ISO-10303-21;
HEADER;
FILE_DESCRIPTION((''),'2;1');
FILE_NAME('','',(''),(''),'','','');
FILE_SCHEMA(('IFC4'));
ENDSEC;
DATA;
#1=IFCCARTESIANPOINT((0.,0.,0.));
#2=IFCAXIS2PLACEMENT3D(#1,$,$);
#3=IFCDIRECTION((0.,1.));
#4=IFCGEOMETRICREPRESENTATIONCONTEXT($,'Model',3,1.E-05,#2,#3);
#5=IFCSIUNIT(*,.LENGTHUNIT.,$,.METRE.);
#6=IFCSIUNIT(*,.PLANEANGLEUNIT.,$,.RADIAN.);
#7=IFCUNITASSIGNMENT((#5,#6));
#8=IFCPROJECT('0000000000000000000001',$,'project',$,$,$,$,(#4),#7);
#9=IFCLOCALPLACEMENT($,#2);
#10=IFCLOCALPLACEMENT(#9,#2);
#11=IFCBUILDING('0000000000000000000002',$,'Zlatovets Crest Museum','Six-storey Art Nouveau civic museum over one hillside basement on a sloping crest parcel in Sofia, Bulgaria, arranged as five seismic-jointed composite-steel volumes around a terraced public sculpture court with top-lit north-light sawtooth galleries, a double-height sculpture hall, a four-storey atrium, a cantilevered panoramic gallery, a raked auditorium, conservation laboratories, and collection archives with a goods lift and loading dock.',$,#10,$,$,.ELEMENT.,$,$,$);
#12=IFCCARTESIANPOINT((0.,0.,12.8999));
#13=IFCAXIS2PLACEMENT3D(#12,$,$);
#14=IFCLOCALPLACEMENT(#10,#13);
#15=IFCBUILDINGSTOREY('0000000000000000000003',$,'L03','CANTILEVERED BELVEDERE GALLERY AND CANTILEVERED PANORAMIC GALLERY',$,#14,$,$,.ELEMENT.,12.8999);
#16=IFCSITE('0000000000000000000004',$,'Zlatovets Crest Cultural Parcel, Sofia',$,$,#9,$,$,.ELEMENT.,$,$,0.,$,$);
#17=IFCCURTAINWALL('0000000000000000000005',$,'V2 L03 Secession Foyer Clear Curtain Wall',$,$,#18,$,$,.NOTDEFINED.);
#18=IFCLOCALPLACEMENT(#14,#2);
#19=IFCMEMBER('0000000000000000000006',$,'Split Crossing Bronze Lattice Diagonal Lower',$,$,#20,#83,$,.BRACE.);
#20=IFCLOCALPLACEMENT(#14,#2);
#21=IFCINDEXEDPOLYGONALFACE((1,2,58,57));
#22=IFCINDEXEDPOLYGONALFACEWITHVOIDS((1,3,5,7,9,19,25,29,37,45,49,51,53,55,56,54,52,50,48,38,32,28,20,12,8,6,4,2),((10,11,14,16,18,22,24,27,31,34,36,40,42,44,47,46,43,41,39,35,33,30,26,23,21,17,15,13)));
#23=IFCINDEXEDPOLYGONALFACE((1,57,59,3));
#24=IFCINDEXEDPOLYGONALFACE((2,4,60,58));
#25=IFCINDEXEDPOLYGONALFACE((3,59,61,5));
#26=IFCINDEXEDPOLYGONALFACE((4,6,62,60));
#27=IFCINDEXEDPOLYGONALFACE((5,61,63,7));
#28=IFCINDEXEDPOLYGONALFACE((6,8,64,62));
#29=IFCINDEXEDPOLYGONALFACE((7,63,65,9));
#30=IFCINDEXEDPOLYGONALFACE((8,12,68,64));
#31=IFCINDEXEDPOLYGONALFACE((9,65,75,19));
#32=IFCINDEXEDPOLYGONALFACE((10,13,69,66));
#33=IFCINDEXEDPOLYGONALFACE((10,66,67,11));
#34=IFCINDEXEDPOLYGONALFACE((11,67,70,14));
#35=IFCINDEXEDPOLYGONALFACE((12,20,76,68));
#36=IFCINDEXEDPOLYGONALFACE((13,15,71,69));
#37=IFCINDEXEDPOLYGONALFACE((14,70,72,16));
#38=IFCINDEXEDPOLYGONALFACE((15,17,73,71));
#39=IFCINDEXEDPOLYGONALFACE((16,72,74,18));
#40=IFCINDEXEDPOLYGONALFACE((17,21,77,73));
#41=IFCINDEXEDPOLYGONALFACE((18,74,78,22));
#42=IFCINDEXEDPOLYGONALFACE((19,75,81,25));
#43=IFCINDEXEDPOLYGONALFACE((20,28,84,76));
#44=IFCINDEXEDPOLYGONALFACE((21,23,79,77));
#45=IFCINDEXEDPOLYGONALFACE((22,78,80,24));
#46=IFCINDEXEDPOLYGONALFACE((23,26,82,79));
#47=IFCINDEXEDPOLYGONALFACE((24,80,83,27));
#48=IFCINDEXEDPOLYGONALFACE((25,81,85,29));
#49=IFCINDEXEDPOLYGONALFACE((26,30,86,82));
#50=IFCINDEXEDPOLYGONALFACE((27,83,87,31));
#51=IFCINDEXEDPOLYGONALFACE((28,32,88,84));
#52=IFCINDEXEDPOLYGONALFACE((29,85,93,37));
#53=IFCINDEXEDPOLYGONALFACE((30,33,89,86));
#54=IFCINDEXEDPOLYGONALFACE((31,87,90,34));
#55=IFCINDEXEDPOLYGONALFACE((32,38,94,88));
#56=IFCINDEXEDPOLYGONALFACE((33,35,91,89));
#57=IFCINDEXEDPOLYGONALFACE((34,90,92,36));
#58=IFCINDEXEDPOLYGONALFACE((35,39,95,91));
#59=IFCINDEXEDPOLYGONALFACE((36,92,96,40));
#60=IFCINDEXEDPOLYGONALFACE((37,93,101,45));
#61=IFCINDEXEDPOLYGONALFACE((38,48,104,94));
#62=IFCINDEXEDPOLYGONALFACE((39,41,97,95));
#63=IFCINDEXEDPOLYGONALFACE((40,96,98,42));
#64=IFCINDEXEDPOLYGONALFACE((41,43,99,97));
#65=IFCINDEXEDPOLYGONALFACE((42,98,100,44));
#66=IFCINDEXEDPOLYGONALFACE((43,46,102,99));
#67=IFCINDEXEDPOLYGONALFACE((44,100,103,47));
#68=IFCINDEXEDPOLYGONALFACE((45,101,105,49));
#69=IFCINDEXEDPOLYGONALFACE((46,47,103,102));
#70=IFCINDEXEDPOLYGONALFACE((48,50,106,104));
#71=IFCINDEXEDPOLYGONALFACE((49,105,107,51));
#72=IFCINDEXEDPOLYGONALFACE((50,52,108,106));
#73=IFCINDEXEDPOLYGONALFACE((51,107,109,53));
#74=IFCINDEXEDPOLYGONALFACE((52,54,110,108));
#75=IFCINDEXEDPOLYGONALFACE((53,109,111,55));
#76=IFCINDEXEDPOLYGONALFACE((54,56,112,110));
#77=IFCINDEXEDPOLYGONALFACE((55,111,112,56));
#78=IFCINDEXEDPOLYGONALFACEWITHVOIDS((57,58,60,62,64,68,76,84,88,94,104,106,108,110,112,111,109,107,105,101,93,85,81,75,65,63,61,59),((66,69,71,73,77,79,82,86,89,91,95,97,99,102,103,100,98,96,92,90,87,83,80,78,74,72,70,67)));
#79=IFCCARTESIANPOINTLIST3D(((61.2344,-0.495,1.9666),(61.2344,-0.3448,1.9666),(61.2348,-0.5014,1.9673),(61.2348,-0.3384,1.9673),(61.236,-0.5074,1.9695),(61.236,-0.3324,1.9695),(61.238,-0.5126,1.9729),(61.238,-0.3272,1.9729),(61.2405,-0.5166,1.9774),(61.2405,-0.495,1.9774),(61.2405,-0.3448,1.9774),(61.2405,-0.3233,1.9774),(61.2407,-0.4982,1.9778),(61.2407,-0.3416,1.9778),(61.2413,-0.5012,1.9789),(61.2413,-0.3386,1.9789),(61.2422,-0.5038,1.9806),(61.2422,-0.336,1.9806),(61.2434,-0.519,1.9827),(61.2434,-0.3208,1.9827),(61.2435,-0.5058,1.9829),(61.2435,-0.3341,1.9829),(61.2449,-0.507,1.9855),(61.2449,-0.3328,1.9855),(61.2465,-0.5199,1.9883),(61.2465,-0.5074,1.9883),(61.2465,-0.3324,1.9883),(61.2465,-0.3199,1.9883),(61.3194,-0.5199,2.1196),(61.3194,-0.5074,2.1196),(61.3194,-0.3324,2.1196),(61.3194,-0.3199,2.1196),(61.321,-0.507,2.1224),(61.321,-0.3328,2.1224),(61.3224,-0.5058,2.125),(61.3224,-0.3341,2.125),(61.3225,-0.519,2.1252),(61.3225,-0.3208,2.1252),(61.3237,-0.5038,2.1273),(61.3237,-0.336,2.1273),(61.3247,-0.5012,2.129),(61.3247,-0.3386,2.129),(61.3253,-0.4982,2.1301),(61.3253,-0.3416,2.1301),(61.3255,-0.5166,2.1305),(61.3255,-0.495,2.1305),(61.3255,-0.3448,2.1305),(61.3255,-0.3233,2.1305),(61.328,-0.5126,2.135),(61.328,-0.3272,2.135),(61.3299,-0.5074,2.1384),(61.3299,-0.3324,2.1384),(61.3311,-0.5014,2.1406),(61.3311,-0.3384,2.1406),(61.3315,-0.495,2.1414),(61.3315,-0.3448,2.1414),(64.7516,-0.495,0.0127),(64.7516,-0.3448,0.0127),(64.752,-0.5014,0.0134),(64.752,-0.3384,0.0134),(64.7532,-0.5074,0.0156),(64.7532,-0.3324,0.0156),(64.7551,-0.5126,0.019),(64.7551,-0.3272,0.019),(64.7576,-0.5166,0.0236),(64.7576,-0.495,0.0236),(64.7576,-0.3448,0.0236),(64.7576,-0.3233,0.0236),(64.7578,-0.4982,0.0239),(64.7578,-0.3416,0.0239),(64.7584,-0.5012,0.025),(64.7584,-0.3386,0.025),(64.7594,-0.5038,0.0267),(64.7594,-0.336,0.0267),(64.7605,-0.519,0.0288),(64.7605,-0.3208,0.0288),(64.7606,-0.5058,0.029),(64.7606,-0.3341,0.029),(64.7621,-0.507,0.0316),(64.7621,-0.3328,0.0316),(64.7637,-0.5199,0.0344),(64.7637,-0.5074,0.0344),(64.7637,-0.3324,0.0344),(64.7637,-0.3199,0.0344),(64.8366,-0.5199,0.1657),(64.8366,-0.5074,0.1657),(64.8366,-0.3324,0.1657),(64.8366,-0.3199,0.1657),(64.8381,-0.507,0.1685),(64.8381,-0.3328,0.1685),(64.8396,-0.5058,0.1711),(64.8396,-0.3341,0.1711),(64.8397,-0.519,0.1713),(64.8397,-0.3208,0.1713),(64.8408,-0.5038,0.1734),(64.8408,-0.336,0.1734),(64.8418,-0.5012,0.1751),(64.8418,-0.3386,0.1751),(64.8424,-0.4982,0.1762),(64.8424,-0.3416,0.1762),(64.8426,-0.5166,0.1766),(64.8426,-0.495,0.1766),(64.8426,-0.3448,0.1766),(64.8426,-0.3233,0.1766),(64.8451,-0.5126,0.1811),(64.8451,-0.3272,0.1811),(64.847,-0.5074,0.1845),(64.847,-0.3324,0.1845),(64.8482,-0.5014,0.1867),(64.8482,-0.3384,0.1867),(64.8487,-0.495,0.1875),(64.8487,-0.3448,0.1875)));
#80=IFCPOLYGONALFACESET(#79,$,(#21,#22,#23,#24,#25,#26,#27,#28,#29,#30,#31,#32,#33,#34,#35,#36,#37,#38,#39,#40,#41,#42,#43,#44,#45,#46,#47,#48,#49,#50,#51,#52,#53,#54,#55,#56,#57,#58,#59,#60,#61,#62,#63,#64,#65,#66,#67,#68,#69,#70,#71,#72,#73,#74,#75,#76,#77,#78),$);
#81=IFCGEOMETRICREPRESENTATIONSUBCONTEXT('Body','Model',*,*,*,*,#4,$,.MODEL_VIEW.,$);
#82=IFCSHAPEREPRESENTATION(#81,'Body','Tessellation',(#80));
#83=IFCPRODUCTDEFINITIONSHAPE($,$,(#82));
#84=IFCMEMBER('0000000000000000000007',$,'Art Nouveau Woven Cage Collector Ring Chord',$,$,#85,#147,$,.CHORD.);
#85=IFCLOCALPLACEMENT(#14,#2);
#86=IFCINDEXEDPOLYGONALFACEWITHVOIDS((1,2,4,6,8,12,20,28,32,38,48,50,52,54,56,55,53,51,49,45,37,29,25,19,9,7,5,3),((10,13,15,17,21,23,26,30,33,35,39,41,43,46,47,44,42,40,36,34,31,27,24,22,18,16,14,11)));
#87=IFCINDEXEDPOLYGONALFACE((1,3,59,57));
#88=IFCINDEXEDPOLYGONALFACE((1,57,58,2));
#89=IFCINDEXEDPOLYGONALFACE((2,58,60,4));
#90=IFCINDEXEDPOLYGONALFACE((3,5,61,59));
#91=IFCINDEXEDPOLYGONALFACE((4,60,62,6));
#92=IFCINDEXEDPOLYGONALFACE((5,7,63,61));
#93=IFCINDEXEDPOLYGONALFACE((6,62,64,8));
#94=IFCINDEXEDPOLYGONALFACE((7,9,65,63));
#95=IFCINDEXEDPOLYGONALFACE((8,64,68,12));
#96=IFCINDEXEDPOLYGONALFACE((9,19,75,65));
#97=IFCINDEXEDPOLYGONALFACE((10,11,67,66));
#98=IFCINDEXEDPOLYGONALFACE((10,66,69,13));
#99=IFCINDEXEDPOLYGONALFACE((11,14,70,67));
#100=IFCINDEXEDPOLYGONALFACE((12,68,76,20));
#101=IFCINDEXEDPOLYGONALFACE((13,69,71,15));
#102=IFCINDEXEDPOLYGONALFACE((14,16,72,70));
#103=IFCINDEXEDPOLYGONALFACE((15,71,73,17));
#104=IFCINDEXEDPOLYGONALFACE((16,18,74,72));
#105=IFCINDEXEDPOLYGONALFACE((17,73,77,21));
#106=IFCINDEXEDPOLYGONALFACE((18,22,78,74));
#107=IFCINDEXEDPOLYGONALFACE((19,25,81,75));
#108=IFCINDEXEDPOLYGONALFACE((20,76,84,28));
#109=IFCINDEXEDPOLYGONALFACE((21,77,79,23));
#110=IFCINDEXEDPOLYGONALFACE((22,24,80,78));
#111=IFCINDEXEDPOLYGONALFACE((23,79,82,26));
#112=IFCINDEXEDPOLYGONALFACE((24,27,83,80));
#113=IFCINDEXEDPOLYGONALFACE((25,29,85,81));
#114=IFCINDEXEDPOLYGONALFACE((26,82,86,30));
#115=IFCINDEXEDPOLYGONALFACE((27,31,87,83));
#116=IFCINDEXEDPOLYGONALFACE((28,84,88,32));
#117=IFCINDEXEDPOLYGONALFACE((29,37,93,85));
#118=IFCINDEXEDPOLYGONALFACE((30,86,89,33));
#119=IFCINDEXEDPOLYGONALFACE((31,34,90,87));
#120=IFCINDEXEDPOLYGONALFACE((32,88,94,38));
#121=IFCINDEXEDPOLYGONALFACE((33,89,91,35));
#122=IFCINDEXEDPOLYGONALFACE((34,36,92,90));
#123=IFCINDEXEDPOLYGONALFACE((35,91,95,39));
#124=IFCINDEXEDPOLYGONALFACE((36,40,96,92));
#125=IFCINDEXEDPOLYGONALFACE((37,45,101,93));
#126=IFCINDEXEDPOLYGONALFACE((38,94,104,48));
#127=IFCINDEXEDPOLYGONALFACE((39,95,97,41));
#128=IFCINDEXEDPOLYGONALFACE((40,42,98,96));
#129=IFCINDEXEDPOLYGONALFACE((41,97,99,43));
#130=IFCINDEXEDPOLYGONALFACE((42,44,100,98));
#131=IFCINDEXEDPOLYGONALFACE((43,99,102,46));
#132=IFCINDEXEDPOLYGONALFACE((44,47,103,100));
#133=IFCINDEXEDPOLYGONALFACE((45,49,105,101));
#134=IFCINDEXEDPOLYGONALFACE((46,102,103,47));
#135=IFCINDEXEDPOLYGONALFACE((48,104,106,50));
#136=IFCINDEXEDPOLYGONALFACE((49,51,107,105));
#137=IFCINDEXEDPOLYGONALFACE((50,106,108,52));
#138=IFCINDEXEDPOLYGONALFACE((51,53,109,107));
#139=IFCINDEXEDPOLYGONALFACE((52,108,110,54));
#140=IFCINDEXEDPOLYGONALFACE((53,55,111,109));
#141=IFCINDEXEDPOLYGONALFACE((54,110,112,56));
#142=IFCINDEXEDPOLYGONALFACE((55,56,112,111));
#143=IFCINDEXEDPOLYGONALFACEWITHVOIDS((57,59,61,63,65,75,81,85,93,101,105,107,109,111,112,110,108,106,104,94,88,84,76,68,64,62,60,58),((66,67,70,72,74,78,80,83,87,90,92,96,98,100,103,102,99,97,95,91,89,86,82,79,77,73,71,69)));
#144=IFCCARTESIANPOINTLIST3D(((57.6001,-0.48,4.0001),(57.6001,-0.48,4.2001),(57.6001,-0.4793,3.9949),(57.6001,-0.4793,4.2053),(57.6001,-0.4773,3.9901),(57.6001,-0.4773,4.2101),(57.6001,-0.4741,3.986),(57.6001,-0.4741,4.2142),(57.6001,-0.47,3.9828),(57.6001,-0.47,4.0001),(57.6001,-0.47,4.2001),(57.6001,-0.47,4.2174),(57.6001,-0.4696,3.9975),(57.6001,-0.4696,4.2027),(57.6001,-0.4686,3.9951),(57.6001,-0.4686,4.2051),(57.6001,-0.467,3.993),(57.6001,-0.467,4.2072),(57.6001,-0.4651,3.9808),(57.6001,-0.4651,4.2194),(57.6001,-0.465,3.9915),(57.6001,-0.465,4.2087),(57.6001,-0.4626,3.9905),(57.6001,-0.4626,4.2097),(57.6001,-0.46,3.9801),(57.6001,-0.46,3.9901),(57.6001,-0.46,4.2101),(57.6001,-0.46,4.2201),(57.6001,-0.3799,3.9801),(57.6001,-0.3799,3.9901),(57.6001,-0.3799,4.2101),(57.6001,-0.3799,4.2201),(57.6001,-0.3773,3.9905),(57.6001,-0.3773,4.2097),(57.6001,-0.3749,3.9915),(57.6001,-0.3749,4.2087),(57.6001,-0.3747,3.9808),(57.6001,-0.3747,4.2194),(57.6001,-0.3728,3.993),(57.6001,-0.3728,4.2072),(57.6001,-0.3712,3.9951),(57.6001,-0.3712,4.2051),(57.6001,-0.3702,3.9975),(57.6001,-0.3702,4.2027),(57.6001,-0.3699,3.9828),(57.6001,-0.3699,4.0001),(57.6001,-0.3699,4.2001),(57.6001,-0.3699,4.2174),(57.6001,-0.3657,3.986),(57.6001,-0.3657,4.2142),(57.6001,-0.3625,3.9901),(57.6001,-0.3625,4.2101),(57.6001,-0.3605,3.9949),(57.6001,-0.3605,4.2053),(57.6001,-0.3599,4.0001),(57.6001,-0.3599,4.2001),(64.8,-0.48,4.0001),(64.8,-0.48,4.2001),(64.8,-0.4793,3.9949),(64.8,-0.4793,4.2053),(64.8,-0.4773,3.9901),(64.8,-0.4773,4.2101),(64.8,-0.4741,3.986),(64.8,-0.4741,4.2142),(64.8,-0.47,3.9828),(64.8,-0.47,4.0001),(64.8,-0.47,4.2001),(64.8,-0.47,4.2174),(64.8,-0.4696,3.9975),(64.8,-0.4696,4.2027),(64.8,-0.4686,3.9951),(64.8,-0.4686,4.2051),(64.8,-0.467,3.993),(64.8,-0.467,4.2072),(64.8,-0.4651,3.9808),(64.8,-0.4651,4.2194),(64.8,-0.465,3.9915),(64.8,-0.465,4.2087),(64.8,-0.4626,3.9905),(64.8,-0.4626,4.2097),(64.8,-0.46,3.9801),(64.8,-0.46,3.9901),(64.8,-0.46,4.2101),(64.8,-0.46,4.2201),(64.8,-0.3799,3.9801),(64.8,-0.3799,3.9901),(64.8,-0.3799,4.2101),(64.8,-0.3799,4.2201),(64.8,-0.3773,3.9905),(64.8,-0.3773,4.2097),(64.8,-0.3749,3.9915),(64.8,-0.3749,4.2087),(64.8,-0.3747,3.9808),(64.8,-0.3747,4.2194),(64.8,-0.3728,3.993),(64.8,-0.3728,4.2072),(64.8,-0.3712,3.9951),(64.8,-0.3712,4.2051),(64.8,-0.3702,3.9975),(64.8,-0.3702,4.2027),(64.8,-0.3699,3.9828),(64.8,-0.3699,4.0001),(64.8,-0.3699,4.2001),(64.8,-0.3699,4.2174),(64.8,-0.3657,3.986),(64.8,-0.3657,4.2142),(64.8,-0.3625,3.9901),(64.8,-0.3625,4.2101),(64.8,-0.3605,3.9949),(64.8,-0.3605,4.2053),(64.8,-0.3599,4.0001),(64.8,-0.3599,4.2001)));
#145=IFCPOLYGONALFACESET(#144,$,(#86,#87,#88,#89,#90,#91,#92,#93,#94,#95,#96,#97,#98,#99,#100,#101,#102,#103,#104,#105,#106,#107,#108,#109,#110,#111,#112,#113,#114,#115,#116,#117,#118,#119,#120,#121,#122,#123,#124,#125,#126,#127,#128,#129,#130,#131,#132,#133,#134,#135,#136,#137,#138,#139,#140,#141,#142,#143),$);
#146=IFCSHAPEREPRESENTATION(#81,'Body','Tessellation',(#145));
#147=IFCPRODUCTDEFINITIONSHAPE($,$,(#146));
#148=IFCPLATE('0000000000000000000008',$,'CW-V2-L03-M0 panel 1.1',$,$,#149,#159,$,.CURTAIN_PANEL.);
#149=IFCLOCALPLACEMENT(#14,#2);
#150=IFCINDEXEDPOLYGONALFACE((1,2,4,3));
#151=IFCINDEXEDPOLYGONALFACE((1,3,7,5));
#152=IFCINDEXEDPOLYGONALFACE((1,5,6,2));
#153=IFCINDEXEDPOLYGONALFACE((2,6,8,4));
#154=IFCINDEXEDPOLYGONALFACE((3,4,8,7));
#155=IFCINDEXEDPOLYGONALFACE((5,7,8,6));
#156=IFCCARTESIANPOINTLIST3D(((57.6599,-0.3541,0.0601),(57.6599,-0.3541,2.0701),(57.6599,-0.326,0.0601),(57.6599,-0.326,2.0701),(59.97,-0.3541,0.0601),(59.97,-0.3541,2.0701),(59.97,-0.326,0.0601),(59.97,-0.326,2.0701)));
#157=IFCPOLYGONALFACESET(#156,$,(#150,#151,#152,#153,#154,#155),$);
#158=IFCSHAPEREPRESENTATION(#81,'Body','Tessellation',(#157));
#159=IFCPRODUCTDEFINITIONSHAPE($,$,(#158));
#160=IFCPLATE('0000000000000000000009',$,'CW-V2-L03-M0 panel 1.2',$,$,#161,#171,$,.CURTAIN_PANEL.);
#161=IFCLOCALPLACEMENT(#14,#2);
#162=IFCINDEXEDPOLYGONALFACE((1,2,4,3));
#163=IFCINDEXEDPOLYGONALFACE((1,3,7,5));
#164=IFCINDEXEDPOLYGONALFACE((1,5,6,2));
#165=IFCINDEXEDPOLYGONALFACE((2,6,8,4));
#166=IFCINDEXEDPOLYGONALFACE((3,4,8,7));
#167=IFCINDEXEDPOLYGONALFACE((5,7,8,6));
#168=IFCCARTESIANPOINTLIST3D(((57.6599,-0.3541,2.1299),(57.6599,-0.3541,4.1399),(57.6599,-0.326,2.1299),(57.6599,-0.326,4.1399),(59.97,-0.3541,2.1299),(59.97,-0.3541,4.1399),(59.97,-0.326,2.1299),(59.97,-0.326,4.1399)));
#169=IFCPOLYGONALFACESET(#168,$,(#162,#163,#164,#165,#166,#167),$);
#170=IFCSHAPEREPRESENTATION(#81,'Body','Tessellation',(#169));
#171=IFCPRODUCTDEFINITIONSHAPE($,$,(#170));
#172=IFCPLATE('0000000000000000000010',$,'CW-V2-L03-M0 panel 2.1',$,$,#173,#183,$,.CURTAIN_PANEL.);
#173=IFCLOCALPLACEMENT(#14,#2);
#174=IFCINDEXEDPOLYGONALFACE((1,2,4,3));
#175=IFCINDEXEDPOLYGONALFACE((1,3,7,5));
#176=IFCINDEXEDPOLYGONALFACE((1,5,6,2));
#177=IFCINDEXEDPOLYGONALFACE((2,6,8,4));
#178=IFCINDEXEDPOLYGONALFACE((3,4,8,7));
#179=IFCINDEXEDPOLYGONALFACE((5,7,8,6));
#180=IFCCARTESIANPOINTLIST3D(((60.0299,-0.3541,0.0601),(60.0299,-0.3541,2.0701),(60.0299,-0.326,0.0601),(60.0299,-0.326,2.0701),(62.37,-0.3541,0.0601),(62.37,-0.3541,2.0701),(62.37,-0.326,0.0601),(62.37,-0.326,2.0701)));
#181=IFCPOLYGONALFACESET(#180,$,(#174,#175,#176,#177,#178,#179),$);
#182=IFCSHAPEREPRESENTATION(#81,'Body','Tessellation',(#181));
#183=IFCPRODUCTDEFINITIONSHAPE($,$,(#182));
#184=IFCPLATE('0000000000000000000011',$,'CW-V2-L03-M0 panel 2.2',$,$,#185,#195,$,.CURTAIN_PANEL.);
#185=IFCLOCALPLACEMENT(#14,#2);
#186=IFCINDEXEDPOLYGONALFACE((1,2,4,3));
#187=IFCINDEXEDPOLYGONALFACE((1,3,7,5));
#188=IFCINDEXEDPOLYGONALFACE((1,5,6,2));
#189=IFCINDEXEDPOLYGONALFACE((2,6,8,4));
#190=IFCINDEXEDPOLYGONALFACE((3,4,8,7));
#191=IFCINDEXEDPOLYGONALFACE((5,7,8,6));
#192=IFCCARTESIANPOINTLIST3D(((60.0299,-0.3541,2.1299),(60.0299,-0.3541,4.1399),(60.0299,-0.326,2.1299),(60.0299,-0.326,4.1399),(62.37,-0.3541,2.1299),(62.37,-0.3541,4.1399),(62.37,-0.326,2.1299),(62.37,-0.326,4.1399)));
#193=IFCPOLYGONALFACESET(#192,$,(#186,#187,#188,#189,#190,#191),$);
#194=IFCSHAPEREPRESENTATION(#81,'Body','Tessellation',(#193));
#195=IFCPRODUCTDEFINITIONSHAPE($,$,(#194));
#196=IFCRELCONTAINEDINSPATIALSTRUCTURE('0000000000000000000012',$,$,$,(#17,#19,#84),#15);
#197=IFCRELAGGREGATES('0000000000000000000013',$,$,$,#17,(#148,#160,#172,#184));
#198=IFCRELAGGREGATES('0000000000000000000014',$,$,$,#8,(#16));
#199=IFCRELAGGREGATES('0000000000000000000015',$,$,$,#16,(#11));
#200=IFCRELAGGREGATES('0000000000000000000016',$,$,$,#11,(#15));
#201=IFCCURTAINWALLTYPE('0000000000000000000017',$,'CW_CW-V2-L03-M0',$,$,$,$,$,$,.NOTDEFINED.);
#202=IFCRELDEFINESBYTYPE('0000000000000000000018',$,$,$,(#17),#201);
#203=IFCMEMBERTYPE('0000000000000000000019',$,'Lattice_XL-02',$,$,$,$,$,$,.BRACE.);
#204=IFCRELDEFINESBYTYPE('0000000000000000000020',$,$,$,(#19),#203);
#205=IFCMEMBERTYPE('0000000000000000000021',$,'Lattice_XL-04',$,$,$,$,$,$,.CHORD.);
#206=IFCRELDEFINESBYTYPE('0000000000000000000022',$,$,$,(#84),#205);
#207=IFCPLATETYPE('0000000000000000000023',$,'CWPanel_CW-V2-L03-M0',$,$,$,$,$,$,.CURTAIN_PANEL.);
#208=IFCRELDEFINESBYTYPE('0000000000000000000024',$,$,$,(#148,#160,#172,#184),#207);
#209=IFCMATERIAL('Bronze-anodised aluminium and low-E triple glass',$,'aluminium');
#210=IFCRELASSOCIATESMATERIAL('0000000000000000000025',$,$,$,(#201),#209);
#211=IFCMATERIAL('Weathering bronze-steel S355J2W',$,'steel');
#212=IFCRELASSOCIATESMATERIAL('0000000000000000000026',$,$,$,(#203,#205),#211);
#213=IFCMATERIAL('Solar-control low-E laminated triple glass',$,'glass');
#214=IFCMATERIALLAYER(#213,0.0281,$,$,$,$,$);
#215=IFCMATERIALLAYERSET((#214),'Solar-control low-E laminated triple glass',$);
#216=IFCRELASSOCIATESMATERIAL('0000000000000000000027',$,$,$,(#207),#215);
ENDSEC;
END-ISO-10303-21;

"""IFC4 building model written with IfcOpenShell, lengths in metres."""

from ifc_helpers import new_model, si_unit, direction, frame, origin, origin_2d, place, context, subcontext, project, spatial, rectangle, hollow_rectangle, extrude, material, layer, layer_set, material_profile, profile_set, type_object, element, aggregate, save


model = new_model("IFC4")

# Units and contexts
model_context = context("Model", 3, precision=1e-05, world=origin(), true_north=direction((0.0, 1.0)))
body_context = subcontext(model_context, "Body", "Model", "MODEL_VIEW")
ifc_project = project(units=[si_unit("LENGTHUNIT", "METRE"), si_unit("PLANEANGLEUNIT", "RADIAN")], contexts=[model_context])

# Site, building, storey
site_placement = place(None, origin())
site = spatial("IfcSite", under=ifc_project, at=site_placement, Name="Zlatovets Crest Cultural Parcel, Sofia", CompositionType="ELEMENT", RefElevation=0.0)
building_placement = place(site_placement, origin())
building = spatial("IfcBuilding", under=site, at=building_placement, Name="Zlatovets Crest Museum", Description="Six-storey Art Nouveau civic museum over one hillside basement on a sloping crest parcel in Sofia, Bulgaria, arranged as five seismic-jointed composite-steel volumes around a terraced public sculpture court with top-lit north-light sawtooth galleries, a double-height sculpture hall, a four-storey atrium, a cantilevered panoramic gallery, a raked auditorium, conservation laboratories, and collection archives with a goods lift and loading dock.", CompositionType="ELEMENT")
storey_placement = place(building_placement, frame((0.0, 0.0, 12.8999)))
storey = spatial("IfcBuildingStorey", under=building, at=storey_placement, Name="L03", Description="CANTILEVERED BELVEDERE GALLERY AND CANTILEVERED PANORAMIC GALLERY", CompositionType="ELEMENT", Elevation=12.8999)

# Curtain wall
ifc_material_1 = material(Name="Bronze-anodised aluminium and low-E triple glass", Category="aluminium")
curtain_wall_type = type_object("IfcCurtainWallType", Name="CW_CW-V2-L03-M0", PredefinedType="NOTDEFINED", material=ifc_material_1)
curtain_wall_placement = place(storey_placement, origin())
curtain_wall = element("IfcCurtainWall", 1, at=curtain_wall_placement, inside=storey, type_object=curtain_wall_type, Name="V2 L03 Secession Foyer Clear Curtain Wall", PredefinedType="NOTDEFINED")

# Members
ifc_material_2 = material(Name="Weathering bronze-steel S355J2W", Category="steel")
ifc_material_profile_1 = material_profile(ifc_material_2, hollow_rectangle(XDim=0.2, YDim=0.2, WallThickness=0.0125, InnerFilletRadius=0.0125, OuterFilletRadius=0.0249, at=origin_2d()), Name="SHS 200x200x12.5")
ifc_profile_set_1 = profile_set([ifc_material_profile_1], Name="Weathering bronze-steel S355J2W")
member_type_1 = type_object("IfcMemberType", Name="Lattice_XL-02", PredefinedType="BRACE", material=ifc_profile_set_1)
member_1_placement = place(storey_placement, frame((61.283, -0.4199, 2.054), z_axis=(0.874166, 0.0, -0.485627), x_axis=(0.0, 1.0, 0.0)))
element("IfcMember", 2, at=member_1_placement, inside=storey, type_object=member_type_1, Name="Split Crossing Bronze Lattice Diagonal Lower", PredefinedType="BRACE", context=body_context, shape_type="SweptSolid", body=[
    extrude(hollow_rectangle(XDim=0.2, YDim=0.2, WallThickness=0.0125, InnerFilletRadius=0.0125, OuterFilletRadius=0.0249, at=origin_2d()), origin(), (0.0, 0.0, 1.0), 4.0234),
])
ifc_material_profile_2 = material_profile(ifc_material_2, hollow_rectangle(XDim=0.1201, YDim=0.24, WallThickness=0.01, InnerFilletRadius=0.01, OuterFilletRadius=0.02, at=origin_2d()), Name="RHS 120x240x10.0")
ifc_profile_set_2 = profile_set([ifc_material_profile_2], Name="Weathering bronze-steel S355J2W")
member_type_2 = type_object("IfcMemberType", Name="Lattice_XL-04", PredefinedType="CHORD", material=ifc_profile_set_2)
member_2_placement = place(storey_placement, frame((57.6001, -0.4199, 4.1001), z_axis=(1.0, 0.0, 0.0), x_axis=(0.0, 1.0, 0.0)))
element("IfcMember", 3, at=member_2_placement, inside=storey, type_object=member_type_2, Name="Art Nouveau Woven Cage Collector Ring Chord", PredefinedType="CHORD", context=body_context, shape_type="SweptSolid", body=[
    extrude(hollow_rectangle(XDim=0.1201, YDim=0.24, WallThickness=0.01, InnerFilletRadius=0.01, OuterFilletRadius=0.02, at=origin_2d()), origin(), (0.0, 0.0, 1.0), 7.2),
])

# Plates
ifc_material_3 = material(Name="Solar-control low-E laminated triple glass", Category="glass")
ifc_layer_1 = layer(ifc_material_3, 0.0281)
ifc_layer_set_1 = layer_set([ifc_layer_1], Name="Solar-control low-E laminated triple glass")
plate_type_1 = type_object("IfcPlateType", Name="CWPanel_CW-V2-L03-M0", PredefinedType="CURTAIN_PANEL", material=ifc_layer_set_1)
plate_1_placement = place(storey_placement, frame((58.8149, -0.3401, 0.0601), z_axis=(0.0, 0.0, 1.0), x_axis=(1.0, 0.0, 0.0)))
plate_1 = element("IfcPlate", 4, at=plate_1_placement, type_object=plate_type_1, Name="CW-V2-L03-M0 panel 1.1", PredefinedType="CURTAIN_PANEL", context=body_context, shape_type="SweptSolid", body=[
    extrude(rectangle(XDim=2.3101, YDim=0.0281, at=origin_2d()), origin(), (0.0, 0.0, 1.0), 2.01),
])
plate_2_placement = place(storey_placement, frame((58.8149, -0.3401, 2.1299), z_axis=(0.0, 0.0, 1.0), x_axis=(1.0, 0.0, 0.0)))
plate_2 = element("IfcPlate", 5, at=plate_2_placement, type_object=plate_type_1, Name="CW-V2-L03-M0 panel 1.2", PredefinedType="CURTAIN_PANEL", context=body_context, shape_type="SweptSolid", body=[
    extrude(rectangle(XDim=2.3101, YDim=0.0281, at=origin_2d()), origin(), (0.0, 0.0, 1.0), 2.01),
])
plate_3_placement = place(storey_placement, frame((61.2, -0.3401, 0.0601), z_axis=(0.0, 0.0, 1.0), x_axis=(1.0, 0.0, 0.0)))
plate_3 = element("IfcPlate", 6, at=plate_3_placement, type_object=plate_type_1, Name="CW-V2-L03-M0 panel 2.1", PredefinedType="CURTAIN_PANEL", context=body_context, shape_type="SweptSolid", body=[
    extrude(rectangle(XDim=2.3401, YDim=0.0281, at=origin_2d()), origin(), (0.0, 0.0, 1.0), 2.01),
])
plate_4_placement = place(storey_placement, frame((61.2, -0.3401, 2.1299), z_axis=(0.0, 0.0, 1.0), x_axis=(1.0, 0.0, 0.0)))
plate_4 = element("IfcPlate", 7, at=plate_4_placement, type_object=plate_type_1, Name="CW-V2-L03-M0 panel 2.2", PredefinedType="CURTAIN_PANEL", context=body_context, shape_type="SweptSolid", body=[
    extrude(rectangle(XDim=2.3401, YDim=0.0281, at=origin_2d()), origin(), (0.0, 0.0, 1.0), 2.01),
])
aggregate(curtain_wall, [plate_1, plate_2, plate_3, plate_4])

save(model, "model.ifc")
